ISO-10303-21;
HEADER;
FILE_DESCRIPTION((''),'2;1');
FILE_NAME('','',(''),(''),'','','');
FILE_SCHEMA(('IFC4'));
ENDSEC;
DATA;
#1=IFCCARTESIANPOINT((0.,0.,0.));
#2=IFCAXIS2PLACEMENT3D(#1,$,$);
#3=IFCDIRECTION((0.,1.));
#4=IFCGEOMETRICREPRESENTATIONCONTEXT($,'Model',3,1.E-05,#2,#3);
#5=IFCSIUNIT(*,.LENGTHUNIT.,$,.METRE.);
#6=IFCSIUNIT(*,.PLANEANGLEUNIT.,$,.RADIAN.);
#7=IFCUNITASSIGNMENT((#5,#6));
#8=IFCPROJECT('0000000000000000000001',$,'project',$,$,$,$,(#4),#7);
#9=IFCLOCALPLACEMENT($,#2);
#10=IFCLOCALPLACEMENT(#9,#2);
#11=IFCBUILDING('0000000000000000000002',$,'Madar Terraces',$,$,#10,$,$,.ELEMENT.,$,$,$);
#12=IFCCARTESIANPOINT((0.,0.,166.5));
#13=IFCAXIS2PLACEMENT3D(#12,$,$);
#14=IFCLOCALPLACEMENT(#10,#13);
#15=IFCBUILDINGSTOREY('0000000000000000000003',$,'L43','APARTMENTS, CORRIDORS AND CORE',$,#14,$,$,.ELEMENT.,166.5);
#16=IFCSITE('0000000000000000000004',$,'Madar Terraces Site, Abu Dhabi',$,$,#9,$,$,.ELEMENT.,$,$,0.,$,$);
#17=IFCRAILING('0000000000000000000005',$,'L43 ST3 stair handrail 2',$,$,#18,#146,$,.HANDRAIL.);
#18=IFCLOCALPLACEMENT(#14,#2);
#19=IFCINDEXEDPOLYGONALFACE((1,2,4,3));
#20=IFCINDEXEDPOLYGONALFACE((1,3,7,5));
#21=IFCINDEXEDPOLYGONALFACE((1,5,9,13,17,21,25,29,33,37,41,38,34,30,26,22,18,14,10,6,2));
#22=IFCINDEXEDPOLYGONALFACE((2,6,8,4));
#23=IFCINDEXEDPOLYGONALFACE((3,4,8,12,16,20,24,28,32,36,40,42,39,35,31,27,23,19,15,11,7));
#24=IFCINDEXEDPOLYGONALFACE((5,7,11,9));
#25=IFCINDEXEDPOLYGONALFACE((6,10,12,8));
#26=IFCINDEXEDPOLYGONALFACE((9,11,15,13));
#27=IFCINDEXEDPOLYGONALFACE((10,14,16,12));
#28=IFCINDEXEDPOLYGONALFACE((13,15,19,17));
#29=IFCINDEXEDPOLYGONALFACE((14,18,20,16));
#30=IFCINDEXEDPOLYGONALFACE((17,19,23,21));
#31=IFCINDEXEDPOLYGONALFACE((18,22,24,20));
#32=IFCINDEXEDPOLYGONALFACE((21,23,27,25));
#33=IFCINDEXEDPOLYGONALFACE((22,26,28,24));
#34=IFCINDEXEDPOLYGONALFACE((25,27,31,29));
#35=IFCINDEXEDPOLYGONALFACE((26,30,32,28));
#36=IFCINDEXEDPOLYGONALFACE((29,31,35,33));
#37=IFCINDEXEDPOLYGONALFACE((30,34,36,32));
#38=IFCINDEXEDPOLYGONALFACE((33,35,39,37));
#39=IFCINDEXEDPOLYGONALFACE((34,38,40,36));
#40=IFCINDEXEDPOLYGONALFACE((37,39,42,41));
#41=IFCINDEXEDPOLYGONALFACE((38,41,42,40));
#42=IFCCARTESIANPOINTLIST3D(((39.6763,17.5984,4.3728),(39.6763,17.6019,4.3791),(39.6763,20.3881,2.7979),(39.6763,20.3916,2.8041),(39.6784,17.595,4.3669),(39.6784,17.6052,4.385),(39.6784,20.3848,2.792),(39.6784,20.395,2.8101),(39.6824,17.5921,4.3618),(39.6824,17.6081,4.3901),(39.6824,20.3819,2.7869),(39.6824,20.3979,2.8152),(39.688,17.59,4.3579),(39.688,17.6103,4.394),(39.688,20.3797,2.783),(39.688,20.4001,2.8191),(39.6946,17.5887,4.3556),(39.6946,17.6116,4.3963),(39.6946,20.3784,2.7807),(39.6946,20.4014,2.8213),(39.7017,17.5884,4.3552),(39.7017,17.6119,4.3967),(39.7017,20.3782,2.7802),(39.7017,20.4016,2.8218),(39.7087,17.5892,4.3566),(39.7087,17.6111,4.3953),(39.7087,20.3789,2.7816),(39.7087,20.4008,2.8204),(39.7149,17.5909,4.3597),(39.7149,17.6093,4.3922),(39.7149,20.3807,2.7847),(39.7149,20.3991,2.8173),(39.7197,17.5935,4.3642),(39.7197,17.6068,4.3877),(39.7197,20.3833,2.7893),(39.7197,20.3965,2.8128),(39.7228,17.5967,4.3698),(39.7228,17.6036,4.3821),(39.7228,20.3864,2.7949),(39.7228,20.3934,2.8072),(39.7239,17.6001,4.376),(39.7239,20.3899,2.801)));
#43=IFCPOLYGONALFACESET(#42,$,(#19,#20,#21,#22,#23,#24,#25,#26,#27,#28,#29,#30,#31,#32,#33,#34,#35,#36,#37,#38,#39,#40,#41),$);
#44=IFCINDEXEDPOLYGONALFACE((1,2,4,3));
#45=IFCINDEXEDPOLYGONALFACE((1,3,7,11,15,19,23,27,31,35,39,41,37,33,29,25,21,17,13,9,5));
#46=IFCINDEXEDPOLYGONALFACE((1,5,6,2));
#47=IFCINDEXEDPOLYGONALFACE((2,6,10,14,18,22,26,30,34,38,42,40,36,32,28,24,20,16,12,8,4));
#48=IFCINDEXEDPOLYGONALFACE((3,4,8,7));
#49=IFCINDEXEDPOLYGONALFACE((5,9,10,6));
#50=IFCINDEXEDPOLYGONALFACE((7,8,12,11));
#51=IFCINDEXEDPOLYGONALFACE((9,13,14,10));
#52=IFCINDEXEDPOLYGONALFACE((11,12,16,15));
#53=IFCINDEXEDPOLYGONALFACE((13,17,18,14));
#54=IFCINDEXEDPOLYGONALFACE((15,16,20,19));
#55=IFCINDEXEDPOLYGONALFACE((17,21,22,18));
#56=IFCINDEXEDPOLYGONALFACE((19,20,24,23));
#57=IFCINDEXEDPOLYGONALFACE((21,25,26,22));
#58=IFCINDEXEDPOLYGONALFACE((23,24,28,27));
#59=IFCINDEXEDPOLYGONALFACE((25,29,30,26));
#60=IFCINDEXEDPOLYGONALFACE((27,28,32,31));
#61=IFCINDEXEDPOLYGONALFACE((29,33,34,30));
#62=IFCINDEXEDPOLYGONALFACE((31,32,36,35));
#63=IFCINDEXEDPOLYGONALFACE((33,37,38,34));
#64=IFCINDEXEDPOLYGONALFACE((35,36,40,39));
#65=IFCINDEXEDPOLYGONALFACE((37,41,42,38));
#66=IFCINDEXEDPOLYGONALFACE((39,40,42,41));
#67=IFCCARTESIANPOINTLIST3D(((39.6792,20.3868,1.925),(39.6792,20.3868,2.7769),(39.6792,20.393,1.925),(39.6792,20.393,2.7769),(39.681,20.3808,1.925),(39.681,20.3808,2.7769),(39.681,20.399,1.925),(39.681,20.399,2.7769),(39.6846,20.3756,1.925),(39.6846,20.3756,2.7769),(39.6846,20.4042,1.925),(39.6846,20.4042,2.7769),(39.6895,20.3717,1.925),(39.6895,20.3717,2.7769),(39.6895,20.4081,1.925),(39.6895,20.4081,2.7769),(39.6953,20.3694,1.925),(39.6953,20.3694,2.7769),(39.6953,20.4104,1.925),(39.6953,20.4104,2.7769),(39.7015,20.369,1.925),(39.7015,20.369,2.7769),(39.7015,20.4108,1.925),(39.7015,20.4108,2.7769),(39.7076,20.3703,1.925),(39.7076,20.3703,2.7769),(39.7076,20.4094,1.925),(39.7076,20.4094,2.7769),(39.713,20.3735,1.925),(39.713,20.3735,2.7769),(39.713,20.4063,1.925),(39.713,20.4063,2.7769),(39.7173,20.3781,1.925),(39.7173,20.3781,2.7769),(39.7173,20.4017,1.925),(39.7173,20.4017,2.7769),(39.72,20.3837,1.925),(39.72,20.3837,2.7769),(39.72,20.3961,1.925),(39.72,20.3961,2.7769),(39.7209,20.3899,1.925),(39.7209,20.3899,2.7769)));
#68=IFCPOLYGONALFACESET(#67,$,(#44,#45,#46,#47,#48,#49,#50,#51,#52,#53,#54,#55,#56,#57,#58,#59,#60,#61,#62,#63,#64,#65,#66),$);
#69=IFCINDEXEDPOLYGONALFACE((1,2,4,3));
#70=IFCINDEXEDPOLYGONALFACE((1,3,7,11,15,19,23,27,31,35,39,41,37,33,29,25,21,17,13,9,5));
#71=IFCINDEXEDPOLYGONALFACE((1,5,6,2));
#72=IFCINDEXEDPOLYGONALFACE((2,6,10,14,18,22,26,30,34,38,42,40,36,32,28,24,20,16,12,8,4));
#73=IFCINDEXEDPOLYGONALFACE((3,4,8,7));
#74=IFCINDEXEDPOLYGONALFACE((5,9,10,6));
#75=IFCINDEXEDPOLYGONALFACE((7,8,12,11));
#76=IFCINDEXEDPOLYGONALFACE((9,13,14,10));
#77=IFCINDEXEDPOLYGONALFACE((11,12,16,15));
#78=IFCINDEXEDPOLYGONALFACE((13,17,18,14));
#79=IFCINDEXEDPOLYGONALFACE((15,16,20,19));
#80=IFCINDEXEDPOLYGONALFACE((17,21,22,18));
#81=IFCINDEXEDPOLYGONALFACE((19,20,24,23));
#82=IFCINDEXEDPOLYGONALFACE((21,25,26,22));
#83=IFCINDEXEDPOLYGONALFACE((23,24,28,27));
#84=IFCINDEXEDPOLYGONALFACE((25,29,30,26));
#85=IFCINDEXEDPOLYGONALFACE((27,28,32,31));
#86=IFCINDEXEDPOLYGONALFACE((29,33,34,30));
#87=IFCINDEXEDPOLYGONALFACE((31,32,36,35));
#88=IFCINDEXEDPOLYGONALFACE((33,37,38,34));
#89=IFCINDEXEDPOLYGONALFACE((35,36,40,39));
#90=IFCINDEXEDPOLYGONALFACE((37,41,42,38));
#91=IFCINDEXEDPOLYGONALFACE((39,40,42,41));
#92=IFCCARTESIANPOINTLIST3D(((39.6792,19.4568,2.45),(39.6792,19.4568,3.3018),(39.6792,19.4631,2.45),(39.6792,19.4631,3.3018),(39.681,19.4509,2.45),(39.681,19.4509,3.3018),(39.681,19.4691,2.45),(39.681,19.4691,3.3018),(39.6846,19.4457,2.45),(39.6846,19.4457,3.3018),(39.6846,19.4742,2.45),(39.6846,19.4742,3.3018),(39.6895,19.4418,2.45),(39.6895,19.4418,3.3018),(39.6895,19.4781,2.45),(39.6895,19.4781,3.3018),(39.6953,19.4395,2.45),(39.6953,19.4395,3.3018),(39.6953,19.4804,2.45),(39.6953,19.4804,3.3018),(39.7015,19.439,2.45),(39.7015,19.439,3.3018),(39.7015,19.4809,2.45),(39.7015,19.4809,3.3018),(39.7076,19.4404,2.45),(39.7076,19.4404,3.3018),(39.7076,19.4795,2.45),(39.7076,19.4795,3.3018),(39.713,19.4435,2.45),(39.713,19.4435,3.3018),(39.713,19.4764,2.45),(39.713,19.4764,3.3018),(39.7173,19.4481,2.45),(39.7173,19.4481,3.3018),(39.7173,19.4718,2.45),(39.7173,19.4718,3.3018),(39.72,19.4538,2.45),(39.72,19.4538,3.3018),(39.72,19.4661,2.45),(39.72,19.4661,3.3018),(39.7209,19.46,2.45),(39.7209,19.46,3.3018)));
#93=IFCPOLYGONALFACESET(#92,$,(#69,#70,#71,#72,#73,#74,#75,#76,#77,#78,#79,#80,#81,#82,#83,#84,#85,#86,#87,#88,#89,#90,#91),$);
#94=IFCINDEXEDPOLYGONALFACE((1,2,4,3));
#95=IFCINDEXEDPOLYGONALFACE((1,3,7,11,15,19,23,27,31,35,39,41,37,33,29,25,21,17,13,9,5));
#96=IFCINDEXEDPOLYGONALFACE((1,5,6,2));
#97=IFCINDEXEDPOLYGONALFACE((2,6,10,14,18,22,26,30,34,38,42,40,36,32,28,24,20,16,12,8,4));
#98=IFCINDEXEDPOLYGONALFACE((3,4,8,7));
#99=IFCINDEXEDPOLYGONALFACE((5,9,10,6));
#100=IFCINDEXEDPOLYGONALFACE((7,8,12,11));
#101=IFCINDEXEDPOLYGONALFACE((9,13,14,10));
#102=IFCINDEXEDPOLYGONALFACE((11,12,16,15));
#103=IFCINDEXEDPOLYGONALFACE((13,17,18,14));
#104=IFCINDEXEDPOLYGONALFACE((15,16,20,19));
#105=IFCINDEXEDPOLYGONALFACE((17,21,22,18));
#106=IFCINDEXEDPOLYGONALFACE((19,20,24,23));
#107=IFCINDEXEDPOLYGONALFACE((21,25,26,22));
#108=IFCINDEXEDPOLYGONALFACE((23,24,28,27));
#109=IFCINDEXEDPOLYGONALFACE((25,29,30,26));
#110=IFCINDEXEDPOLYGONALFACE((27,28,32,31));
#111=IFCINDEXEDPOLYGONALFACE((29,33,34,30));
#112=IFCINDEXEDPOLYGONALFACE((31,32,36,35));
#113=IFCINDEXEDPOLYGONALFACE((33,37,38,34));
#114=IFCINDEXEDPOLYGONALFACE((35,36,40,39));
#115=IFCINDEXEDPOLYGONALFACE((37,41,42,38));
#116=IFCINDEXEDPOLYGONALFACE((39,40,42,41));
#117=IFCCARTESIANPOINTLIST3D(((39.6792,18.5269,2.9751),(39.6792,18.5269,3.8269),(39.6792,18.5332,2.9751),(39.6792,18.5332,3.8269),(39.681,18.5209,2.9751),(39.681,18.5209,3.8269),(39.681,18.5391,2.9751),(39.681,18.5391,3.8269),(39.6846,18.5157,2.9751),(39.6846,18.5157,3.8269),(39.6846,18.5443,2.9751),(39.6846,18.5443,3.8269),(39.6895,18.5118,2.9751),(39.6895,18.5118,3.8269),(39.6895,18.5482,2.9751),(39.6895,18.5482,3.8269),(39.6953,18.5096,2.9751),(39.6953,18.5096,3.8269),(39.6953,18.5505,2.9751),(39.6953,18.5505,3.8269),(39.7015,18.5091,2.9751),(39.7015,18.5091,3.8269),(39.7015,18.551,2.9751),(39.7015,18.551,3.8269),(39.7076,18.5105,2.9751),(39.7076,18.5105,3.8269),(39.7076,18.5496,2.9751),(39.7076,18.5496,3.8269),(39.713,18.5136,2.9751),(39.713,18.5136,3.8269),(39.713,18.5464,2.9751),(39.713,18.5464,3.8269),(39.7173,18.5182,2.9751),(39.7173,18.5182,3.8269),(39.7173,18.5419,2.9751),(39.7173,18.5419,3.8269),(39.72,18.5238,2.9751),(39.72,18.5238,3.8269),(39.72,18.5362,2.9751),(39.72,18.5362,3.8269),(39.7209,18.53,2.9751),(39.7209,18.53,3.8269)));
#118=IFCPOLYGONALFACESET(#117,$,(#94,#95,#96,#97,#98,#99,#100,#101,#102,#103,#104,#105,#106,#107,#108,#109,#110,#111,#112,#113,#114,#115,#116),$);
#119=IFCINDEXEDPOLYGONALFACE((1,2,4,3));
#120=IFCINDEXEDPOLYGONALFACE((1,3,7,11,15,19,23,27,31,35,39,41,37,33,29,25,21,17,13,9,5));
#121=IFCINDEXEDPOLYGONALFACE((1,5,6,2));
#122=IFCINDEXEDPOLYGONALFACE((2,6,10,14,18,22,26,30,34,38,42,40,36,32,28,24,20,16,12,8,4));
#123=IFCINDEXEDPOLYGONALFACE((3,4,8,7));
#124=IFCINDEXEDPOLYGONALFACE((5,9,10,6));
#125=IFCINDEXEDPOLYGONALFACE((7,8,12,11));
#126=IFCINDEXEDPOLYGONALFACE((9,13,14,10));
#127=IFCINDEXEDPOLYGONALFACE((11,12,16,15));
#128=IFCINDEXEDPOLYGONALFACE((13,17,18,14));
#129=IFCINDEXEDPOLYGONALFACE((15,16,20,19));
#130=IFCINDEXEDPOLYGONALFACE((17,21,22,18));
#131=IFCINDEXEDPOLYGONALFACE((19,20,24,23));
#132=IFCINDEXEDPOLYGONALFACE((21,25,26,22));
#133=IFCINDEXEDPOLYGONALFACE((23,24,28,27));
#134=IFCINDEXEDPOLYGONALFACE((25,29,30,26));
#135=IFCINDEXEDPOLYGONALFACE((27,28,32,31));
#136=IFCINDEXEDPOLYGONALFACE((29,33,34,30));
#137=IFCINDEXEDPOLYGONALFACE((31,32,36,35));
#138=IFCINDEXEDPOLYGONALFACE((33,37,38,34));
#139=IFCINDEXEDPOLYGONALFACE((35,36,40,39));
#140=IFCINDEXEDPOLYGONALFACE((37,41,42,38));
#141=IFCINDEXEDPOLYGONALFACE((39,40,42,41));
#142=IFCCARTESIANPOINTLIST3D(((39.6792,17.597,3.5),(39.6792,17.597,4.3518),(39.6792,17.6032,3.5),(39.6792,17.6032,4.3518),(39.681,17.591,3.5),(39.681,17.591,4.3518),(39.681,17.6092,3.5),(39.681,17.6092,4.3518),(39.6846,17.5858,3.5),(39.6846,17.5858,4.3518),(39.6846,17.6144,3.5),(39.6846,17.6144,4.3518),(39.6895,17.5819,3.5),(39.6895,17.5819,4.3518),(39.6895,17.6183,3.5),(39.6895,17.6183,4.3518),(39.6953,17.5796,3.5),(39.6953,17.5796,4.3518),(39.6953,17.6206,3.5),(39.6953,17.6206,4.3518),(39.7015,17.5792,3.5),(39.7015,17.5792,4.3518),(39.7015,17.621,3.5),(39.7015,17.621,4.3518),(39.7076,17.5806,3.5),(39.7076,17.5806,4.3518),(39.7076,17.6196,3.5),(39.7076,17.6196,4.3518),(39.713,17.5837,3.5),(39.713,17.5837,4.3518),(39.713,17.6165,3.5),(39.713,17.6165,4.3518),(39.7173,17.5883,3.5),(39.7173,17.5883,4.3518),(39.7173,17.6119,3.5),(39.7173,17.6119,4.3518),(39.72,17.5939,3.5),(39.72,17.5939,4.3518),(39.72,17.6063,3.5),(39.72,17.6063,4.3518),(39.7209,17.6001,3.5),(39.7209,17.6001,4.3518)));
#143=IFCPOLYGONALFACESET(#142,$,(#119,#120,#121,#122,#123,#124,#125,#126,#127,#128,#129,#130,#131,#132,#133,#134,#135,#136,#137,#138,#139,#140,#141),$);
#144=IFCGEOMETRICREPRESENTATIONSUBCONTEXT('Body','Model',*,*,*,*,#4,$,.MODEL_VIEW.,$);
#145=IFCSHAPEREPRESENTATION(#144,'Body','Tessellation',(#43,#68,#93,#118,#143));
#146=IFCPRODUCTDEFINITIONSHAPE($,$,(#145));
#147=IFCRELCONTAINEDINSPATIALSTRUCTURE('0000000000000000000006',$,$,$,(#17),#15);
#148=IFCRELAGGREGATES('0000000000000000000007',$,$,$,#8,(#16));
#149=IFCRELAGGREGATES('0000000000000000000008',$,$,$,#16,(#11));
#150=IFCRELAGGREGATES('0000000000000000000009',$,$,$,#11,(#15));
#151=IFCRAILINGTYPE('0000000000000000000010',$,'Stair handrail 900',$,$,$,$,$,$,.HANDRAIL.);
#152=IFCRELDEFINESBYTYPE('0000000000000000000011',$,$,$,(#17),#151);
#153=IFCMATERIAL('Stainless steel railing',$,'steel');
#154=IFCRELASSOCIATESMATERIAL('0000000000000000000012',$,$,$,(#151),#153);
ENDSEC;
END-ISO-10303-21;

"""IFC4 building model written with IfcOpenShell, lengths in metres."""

from ifc_helpers import new_model, si_unit, direction, frame, origin, origin_2d, place, context, subcontext, project, spatial, circle, extrude, material, type_object, element, save


model = new_model("IFC4")

# Units and contexts
model_context = context("Model", 3, precision=1e-05, world=origin(), true_north=direction((0.0, 1.0)))
body_context = subcontext(model_context, "Body", "Model", "MODEL_VIEW")
ifc_project = project(units=[si_unit("LENGTHUNIT", "METRE"), si_unit("PLANEANGLEUNIT", "RADIAN")], contexts=[model_context])

# Site, building, storey
site_placement = place(None, origin())
site = spatial("IfcSite", under=ifc_project, at=site_placement, Name="Madar Terraces Site, Abu Dhabi", CompositionType="ELEMENT", RefElevation=0.0)
building_placement = place(site_placement, origin())
building = spatial("IfcBuilding", under=site, at=building_placement, Name="Madar Terraces", CompositionType="ELEMENT")
storey_placement = place(building_placement, frame((0.0, 0.0, 166.5)))
storey = spatial("IfcBuildingStorey", under=building, at=storey_placement, Name="L43", Description="APARTMENTS, CORRIDORS AND CORE", CompositionType="ELEMENT", Elevation=166.5)

# Railing
ifc_material_1 = material(Name="Stainless steel railing", Category="steel")
railing_type_1 = type_object("IfcRailingType", Name="Stair handrail 900", PredefinedType="HANDRAIL", material=ifc_material_1)
railing_1_placement = place(storey_placement, frame((39.7, 20.3899, 1.925)))
element("IfcRailing", 1, at=railing_1_placement, inside=storey, type_object=railing_type_1, Name="L43 ST3 stair handrail 2", PredefinedType="HANDRAIL", context=body_context, shape_type="SweptSolid", body=[
    extrude(circle(Radius=0.0239, at=origin_2d()), frame((0.0, 0.0, 0.876), z_axis=(0.0, -0.870815, 0.49161), x_axis=(1.0, 0.0, 0.0)), (0.0, 0.0, 1.0), 3.2036),
    extrude(circle(Radius=0.021, at=origin_2d()), origin(), (0.0, 0.0, 1.0), 0.8518),
    extrude(circle(Radius=0.021, at=origin_2d()), frame((0.0, -0.9299, 0.5249)), (0.0, 0.0, 1.0), 0.8518),
    extrude(circle(Radius=0.021, at=origin_2d()), frame((0.0, -1.8599, 1.05)), (0.0, 0.0, 1.0), 0.8518),
    extrude(circle(Radius=0.021, at=origin_2d()), frame((0.0, -2.7898, 1.575)), (0.0, 0.0, 1.0), 0.8518),
])

save(model, "model.ifc")
